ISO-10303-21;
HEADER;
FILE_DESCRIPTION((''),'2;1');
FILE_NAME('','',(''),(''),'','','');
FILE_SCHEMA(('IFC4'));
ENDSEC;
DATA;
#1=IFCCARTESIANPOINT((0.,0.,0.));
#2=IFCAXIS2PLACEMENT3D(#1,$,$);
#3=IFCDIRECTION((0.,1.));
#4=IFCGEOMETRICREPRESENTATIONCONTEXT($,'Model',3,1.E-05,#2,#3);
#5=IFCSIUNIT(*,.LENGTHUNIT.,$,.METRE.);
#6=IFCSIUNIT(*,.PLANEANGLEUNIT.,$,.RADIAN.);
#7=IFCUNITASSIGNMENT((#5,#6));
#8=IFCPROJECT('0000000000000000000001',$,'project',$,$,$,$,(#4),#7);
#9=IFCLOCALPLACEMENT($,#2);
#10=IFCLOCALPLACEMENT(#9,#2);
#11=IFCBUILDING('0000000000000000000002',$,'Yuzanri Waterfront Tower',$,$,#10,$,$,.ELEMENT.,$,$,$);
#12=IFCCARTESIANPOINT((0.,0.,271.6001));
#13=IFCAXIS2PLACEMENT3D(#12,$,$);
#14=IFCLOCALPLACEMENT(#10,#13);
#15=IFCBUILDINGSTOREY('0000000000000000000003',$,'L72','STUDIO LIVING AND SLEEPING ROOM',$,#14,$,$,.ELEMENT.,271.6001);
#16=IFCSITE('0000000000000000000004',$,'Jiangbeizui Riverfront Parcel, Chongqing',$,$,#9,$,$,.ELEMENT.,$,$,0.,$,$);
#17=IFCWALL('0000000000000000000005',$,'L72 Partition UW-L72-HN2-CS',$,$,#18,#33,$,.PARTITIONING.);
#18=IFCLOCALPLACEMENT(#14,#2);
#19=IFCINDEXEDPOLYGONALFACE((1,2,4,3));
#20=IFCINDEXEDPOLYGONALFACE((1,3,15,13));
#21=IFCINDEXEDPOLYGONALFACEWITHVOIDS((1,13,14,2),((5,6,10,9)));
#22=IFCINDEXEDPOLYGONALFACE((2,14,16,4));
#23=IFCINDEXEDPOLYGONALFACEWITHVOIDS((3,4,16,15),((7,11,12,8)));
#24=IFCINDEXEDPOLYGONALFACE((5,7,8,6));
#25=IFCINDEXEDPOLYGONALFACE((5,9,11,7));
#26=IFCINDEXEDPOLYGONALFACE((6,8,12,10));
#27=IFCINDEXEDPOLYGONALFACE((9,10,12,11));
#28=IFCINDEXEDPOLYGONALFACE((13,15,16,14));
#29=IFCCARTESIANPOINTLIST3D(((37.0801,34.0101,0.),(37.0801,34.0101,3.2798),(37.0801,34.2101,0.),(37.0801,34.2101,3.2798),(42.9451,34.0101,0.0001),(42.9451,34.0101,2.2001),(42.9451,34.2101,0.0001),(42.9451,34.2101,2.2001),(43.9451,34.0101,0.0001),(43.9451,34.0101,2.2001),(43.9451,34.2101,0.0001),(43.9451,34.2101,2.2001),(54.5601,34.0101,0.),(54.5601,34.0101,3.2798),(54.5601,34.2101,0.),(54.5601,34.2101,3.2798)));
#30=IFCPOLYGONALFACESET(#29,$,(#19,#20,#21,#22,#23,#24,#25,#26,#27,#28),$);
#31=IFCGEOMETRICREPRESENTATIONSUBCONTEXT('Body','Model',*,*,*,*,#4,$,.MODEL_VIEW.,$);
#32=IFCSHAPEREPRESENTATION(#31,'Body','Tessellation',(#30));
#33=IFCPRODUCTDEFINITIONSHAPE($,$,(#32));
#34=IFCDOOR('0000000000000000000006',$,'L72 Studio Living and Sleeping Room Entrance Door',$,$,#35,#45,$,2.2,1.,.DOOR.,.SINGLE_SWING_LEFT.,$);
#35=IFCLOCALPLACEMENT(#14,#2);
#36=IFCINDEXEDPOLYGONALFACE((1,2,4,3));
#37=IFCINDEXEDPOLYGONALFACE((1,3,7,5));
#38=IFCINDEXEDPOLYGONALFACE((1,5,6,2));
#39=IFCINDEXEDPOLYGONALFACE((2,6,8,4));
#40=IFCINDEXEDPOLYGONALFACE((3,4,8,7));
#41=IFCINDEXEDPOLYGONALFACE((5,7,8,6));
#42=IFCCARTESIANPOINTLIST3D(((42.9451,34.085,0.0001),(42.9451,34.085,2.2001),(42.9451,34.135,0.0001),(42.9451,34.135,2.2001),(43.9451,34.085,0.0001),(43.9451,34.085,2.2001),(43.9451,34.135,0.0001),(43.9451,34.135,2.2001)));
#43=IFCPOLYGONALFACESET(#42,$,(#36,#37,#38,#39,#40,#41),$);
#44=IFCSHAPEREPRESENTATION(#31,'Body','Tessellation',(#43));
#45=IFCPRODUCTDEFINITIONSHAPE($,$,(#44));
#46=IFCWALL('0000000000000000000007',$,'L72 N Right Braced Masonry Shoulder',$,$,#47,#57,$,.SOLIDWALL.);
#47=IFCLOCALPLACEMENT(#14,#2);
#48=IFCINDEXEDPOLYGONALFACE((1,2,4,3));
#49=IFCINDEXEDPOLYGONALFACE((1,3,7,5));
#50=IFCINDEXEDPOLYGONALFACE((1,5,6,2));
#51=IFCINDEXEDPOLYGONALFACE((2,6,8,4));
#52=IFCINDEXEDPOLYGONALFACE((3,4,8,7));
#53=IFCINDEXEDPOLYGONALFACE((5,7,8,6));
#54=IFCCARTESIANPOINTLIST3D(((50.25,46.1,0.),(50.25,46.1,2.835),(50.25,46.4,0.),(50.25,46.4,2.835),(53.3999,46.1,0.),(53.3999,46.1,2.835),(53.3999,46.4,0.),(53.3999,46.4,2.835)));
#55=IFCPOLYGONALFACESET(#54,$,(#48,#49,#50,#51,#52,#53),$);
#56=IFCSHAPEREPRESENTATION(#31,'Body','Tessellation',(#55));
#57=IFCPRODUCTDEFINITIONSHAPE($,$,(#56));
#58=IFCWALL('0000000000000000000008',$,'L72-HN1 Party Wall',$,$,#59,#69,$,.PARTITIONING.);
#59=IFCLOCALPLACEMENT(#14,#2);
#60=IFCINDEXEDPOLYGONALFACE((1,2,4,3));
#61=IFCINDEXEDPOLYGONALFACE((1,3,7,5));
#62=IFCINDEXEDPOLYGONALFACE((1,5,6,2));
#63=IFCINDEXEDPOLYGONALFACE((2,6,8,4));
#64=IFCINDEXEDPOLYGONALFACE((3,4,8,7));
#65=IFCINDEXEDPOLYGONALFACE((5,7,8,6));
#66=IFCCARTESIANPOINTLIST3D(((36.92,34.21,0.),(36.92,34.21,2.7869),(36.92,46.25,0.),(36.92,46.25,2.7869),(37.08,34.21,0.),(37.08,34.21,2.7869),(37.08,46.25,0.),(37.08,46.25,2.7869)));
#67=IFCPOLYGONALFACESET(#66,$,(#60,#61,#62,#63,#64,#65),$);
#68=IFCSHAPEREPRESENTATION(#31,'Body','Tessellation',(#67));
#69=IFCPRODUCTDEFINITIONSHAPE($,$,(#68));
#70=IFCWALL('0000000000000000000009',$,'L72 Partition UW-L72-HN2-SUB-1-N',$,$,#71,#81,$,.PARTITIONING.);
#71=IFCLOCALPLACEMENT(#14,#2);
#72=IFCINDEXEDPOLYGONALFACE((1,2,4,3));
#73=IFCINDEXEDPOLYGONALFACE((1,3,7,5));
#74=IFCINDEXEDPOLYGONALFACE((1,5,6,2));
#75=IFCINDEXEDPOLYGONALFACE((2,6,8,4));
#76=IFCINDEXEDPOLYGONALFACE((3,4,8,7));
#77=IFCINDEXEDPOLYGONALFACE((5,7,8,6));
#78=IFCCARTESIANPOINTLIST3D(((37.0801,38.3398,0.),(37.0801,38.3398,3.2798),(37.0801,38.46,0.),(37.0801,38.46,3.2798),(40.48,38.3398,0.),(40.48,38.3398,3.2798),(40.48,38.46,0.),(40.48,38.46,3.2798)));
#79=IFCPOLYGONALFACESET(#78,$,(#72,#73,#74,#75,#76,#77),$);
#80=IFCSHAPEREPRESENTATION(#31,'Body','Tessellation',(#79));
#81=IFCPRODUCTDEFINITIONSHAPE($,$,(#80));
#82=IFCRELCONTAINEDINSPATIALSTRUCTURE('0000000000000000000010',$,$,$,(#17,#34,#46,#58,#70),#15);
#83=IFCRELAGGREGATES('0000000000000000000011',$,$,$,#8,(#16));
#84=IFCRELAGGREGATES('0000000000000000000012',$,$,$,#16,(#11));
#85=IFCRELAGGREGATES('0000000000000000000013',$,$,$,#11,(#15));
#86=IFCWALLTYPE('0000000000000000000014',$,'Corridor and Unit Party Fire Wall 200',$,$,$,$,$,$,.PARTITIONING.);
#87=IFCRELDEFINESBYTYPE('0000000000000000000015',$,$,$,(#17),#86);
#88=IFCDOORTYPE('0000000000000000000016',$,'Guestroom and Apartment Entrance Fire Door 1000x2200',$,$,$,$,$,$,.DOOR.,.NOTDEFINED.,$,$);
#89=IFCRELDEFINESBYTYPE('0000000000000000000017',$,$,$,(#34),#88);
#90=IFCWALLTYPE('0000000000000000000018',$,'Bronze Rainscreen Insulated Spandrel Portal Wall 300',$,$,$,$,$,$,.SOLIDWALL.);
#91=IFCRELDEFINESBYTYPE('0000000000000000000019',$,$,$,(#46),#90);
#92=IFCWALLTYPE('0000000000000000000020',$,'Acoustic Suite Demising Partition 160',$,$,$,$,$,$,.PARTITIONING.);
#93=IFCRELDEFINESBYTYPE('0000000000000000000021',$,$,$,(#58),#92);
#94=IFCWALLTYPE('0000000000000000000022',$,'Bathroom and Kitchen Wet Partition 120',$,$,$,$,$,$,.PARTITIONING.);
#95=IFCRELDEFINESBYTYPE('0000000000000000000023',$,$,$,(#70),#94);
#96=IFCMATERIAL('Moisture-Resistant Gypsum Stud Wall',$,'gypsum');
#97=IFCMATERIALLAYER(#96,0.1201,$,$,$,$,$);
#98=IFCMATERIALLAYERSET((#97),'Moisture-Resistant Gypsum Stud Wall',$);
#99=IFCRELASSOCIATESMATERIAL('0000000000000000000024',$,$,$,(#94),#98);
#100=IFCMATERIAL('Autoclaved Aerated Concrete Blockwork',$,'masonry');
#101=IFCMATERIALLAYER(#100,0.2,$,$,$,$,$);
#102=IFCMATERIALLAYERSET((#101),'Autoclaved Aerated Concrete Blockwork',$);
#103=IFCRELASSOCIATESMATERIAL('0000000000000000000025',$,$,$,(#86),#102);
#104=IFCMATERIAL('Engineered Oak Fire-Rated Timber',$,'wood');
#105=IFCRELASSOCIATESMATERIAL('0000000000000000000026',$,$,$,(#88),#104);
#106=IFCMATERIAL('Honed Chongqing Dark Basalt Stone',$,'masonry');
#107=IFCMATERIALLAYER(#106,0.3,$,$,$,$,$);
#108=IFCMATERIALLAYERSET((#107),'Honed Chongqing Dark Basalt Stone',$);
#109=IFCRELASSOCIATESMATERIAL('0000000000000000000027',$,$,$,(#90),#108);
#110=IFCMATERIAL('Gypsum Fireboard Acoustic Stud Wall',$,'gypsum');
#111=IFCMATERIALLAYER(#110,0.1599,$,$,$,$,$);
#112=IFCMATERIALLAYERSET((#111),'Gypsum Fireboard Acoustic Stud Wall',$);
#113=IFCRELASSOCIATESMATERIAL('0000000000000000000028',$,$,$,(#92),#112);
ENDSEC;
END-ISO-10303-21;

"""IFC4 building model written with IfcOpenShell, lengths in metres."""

from ifc_helpers import new_model, si_unit, direction, frame, frame_2d, origin, place, context, subcontext, project, spatial, rectangle, extrude, source, transform, mapped, material, layer, layer_set, type_object, element, fill, save


model = new_model("IFC4")

# Units and contexts
model_context = context("Model", 3, precision=1e-05, world=origin(), true_north=direction((0.0, 1.0)))
body_context = subcontext(model_context, "Body", "Model", "MODEL_VIEW")
ifc_project = project(units=[si_unit("LENGTHUNIT", "METRE"), si_unit("PLANEANGLEUNIT", "RADIAN")], contexts=[model_context])

# Site, building, storey
site_placement = place(None, origin())
site = spatial("IfcSite", under=ifc_project, at=site_placement, Name="Jiangbeizui Riverfront Parcel, Chongqing", CompositionType="ELEMENT", RefElevation=0.0)
building_placement = place(site_placement, origin())
building = spatial("IfcBuilding", under=site, at=building_placement, Name="Yuzanri Waterfront Tower", CompositionType="ELEMENT")
storey_placement = place(building_placement, frame((0.0, 0.0, 271.6001)))
storey = spatial("IfcBuildingStorey", under=building, at=storey_placement, Name="L72", Description="STUDIO LIVING AND SLEEPING ROOM", CompositionType="ELEMENT", Elevation=271.6001)

# Wall, opening, door
ifc_material_1 = material(Name="Moisture-Resistant Gypsum Stud Wall", Category="gypsum")
ifc_layer_1 = layer(ifc_material_1, 0.1201)
ifc_layer_set_1 = layer_set([ifc_layer_1], Name="Moisture-Resistant Gypsum Stud Wall")
wall_type_1 = type_object("IfcWallType", Name="Bathroom and Kitchen Wet Partition 120", PredefinedType="PARTITIONING", material=ifc_layer_set_1)
ifc_material_2 = material(Name="Autoclaved Aerated Concrete Blockwork", Category="masonry")
ifc_layer_2 = layer(ifc_material_2, 0.2)
ifc_layer_set_2 = layer_set([ifc_layer_2], Name="Autoclaved Aerated Concrete Blockwork")
wall_type_2 = type_object("IfcWallType", Name="Corridor and Unit Party Fire Wall 200", PredefinedType="PARTITIONING", material=ifc_layer_set_2)
wall_1_placement = place(storey_placement, frame((37.0801, 34.1101, 0.0), z_axis=(0.0, 0.0, 1.0), x_axis=(1.0, 0.0, 0.0)))
wall_1 = element("IfcWall", 1, at=wall_1_placement, inside=storey, type_object=wall_type_2, Name="L72 Partition UW-L72-HN2-CS", PredefinedType="PARTITIONING", context=body_context, shape_type="SweptSolid", body=[
    extrude(rectangle(XDim=17.48, YDim=0.2, at=frame_2d((8.74, 0.0))), origin(), (0.0, 0.0, 1.0), 3.2798),
])
opening_1_placement = place(wall_1_placement, frame((5.865, 0.0, 0.0)))
opening_1 = element("IfcOpeningElement", 2, at=opening_1_placement, cuts=wall_1, PredefinedType="OPENING", context=body_context, shape_type="SweptSolid", body=[
    extrude(rectangle(XDim=1.0, YDim=2.2, at=frame_2d((0.5, 1.1001))), frame((0.0, 0.1147, 0.0), z_axis=(0.0, -1.0, 0.0), x_axis=(1.0, 0.0, 0.0)), (0.0, 0.0, 1.0), 0.2297),
])
ifc_material_3 = material(Name="Engineered Oak Fire-Rated Timber", Category="wood")
door_type_1 = type_object("IfcDoorType", Name="Guestroom and Apartment Entrance Fire Door 1000x2200", OperationType="NOTDEFINED", PredefinedType="DOOR", material=ifc_material_3)
shared_shape_1 = source(origin(), body_context, "Body", "SweptSolid", [
    extrude(rectangle(XDim=1.0, YDim=2.2, at=frame_2d((0.5, 1.1001))), frame((0.0, 0.0249, 0.0), z_axis=(0.0, -1.0, 0.0), x_axis=(1.0, 0.0, 0.0)), (0.0, 0.0, 1.0), 0.05),
])
door_1_placement = place(opening_1_placement, origin())
door_1 = element("IfcDoor", 3, at=door_1_placement, inside=storey, type_object=door_type_1, Name="L72 Studio Living and Sleeping Room Entrance Door", OperationType="SINGLE_SWING_LEFT", OverallHeight=2.2, OverallWidth=1.0, PredefinedType="DOOR", context=body_context, shape_type="MappedRepresentation", body=[
    mapped(shared_shape_1, transform((0.0, 0.0, 0.0), scale=1.0)),
])
fill(opening_1, door_1)

# Walls
ifc_material_4 = material(Name="Honed Chongqing Dark Basalt Stone", Category="masonry")
ifc_layer_3 = layer(ifc_material_4, 0.3)
ifc_layer_set_3 = layer_set([ifc_layer_3], Name="Honed Chongqing Dark Basalt Stone")
wall_type_3 = type_object("IfcWallType", Name="Bronze Rainscreen Insulated Spandrel Portal Wall 300", PredefinedType="SOLIDWALL", material=ifc_layer_set_3)
shared_shape_2 = source(origin(), body_context, "Body", "SweptSolid", [
    extrude(rectangle(XDim=3.1499, YDim=0.3, at=frame_2d((1.575, 0.0))), origin(), (0.0, 0.0, 1.0), 2.835),
])
wall_2_placement = place(storey_placement, frame((50.25, 46.25, 0.0), z_axis=(0.0, 0.0, 1.0), x_axis=(1.0, 0.0, 0.0)))
element("IfcWall", 4, at=wall_2_placement, inside=storey, type_object=wall_type_3, Name="L72 N Right Braced Masonry Shoulder", PredefinedType="SOLIDWALL", context=body_context, shape_type="MappedRepresentation", body=[
    mapped(shared_shape_2, transform((0.0, 0.0, 0.0), scale=1.0)),
])
ifc_material_5 = material(Name="Gypsum Fireboard Acoustic Stud Wall", Category="gypsum")
ifc_layer_4 = layer(ifc_material_5, 0.1599)
ifc_layer_set_4 = layer_set([ifc_layer_4], Name="Gypsum Fireboard Acoustic Stud Wall")
wall_type_4 = type_object("IfcWallType", Name="Acoustic Suite Demising Partition 160", PredefinedType="PARTITIONING", material=ifc_layer_set_4)
shared_shape_3 = source(origin(), body_context, "Body", "SweptSolid", [
    extrude(rectangle(XDim=12.04, YDim=0.1599, at=frame_2d((6.02, 0.0))), origin(), (0.0, 0.0, 1.0), 2.7869),
])
wall_3_placement = place(storey_placement, frame((37.0, 34.21, 0.0), z_axis=(0.0, 0.0, 1.0), x_axis=(0.0, 1.0, 0.0)))
element("IfcWall", 5, at=wall_3_placement, inside=storey, type_object=wall_type_4, Name="L72-HN1 Party Wall", PredefinedType="PARTITIONING", context=body_context, shape_type="MappedRepresentation", body=[
    mapped(shared_shape_3, transform((0.0, 0.0, 0.0), scale=1.0)),
])
shared_shape_4 = source(origin(), body_context, "Body", "SweptSolid", [
    extrude(rectangle(XDim=3.3999, YDim=0.1201, at=frame_2d((1.7, 0.0))), origin(), (0.0, 0.0, 1.0), 3.2798),
])
wall_4_placement = place(storey_placement, frame((37.0801, 38.3999, 0.0), z_axis=(0.0, 0.0, 1.0), x_axis=(1.0, 0.0, 0.0)))
element("IfcWall", 6, at=wall_4_placement, inside=storey, type_object=wall_type_1, Name="L72 Partition UW-L72-HN2-SUB-1-N", PredefinedType="PARTITIONING", context=body_context, shape_type="MappedRepresentation", body=[
    mapped(shared_shape_4, transform((0.0, 0.0, 0.0), scale=1.0)),
])

save(model, "model.ifc")
